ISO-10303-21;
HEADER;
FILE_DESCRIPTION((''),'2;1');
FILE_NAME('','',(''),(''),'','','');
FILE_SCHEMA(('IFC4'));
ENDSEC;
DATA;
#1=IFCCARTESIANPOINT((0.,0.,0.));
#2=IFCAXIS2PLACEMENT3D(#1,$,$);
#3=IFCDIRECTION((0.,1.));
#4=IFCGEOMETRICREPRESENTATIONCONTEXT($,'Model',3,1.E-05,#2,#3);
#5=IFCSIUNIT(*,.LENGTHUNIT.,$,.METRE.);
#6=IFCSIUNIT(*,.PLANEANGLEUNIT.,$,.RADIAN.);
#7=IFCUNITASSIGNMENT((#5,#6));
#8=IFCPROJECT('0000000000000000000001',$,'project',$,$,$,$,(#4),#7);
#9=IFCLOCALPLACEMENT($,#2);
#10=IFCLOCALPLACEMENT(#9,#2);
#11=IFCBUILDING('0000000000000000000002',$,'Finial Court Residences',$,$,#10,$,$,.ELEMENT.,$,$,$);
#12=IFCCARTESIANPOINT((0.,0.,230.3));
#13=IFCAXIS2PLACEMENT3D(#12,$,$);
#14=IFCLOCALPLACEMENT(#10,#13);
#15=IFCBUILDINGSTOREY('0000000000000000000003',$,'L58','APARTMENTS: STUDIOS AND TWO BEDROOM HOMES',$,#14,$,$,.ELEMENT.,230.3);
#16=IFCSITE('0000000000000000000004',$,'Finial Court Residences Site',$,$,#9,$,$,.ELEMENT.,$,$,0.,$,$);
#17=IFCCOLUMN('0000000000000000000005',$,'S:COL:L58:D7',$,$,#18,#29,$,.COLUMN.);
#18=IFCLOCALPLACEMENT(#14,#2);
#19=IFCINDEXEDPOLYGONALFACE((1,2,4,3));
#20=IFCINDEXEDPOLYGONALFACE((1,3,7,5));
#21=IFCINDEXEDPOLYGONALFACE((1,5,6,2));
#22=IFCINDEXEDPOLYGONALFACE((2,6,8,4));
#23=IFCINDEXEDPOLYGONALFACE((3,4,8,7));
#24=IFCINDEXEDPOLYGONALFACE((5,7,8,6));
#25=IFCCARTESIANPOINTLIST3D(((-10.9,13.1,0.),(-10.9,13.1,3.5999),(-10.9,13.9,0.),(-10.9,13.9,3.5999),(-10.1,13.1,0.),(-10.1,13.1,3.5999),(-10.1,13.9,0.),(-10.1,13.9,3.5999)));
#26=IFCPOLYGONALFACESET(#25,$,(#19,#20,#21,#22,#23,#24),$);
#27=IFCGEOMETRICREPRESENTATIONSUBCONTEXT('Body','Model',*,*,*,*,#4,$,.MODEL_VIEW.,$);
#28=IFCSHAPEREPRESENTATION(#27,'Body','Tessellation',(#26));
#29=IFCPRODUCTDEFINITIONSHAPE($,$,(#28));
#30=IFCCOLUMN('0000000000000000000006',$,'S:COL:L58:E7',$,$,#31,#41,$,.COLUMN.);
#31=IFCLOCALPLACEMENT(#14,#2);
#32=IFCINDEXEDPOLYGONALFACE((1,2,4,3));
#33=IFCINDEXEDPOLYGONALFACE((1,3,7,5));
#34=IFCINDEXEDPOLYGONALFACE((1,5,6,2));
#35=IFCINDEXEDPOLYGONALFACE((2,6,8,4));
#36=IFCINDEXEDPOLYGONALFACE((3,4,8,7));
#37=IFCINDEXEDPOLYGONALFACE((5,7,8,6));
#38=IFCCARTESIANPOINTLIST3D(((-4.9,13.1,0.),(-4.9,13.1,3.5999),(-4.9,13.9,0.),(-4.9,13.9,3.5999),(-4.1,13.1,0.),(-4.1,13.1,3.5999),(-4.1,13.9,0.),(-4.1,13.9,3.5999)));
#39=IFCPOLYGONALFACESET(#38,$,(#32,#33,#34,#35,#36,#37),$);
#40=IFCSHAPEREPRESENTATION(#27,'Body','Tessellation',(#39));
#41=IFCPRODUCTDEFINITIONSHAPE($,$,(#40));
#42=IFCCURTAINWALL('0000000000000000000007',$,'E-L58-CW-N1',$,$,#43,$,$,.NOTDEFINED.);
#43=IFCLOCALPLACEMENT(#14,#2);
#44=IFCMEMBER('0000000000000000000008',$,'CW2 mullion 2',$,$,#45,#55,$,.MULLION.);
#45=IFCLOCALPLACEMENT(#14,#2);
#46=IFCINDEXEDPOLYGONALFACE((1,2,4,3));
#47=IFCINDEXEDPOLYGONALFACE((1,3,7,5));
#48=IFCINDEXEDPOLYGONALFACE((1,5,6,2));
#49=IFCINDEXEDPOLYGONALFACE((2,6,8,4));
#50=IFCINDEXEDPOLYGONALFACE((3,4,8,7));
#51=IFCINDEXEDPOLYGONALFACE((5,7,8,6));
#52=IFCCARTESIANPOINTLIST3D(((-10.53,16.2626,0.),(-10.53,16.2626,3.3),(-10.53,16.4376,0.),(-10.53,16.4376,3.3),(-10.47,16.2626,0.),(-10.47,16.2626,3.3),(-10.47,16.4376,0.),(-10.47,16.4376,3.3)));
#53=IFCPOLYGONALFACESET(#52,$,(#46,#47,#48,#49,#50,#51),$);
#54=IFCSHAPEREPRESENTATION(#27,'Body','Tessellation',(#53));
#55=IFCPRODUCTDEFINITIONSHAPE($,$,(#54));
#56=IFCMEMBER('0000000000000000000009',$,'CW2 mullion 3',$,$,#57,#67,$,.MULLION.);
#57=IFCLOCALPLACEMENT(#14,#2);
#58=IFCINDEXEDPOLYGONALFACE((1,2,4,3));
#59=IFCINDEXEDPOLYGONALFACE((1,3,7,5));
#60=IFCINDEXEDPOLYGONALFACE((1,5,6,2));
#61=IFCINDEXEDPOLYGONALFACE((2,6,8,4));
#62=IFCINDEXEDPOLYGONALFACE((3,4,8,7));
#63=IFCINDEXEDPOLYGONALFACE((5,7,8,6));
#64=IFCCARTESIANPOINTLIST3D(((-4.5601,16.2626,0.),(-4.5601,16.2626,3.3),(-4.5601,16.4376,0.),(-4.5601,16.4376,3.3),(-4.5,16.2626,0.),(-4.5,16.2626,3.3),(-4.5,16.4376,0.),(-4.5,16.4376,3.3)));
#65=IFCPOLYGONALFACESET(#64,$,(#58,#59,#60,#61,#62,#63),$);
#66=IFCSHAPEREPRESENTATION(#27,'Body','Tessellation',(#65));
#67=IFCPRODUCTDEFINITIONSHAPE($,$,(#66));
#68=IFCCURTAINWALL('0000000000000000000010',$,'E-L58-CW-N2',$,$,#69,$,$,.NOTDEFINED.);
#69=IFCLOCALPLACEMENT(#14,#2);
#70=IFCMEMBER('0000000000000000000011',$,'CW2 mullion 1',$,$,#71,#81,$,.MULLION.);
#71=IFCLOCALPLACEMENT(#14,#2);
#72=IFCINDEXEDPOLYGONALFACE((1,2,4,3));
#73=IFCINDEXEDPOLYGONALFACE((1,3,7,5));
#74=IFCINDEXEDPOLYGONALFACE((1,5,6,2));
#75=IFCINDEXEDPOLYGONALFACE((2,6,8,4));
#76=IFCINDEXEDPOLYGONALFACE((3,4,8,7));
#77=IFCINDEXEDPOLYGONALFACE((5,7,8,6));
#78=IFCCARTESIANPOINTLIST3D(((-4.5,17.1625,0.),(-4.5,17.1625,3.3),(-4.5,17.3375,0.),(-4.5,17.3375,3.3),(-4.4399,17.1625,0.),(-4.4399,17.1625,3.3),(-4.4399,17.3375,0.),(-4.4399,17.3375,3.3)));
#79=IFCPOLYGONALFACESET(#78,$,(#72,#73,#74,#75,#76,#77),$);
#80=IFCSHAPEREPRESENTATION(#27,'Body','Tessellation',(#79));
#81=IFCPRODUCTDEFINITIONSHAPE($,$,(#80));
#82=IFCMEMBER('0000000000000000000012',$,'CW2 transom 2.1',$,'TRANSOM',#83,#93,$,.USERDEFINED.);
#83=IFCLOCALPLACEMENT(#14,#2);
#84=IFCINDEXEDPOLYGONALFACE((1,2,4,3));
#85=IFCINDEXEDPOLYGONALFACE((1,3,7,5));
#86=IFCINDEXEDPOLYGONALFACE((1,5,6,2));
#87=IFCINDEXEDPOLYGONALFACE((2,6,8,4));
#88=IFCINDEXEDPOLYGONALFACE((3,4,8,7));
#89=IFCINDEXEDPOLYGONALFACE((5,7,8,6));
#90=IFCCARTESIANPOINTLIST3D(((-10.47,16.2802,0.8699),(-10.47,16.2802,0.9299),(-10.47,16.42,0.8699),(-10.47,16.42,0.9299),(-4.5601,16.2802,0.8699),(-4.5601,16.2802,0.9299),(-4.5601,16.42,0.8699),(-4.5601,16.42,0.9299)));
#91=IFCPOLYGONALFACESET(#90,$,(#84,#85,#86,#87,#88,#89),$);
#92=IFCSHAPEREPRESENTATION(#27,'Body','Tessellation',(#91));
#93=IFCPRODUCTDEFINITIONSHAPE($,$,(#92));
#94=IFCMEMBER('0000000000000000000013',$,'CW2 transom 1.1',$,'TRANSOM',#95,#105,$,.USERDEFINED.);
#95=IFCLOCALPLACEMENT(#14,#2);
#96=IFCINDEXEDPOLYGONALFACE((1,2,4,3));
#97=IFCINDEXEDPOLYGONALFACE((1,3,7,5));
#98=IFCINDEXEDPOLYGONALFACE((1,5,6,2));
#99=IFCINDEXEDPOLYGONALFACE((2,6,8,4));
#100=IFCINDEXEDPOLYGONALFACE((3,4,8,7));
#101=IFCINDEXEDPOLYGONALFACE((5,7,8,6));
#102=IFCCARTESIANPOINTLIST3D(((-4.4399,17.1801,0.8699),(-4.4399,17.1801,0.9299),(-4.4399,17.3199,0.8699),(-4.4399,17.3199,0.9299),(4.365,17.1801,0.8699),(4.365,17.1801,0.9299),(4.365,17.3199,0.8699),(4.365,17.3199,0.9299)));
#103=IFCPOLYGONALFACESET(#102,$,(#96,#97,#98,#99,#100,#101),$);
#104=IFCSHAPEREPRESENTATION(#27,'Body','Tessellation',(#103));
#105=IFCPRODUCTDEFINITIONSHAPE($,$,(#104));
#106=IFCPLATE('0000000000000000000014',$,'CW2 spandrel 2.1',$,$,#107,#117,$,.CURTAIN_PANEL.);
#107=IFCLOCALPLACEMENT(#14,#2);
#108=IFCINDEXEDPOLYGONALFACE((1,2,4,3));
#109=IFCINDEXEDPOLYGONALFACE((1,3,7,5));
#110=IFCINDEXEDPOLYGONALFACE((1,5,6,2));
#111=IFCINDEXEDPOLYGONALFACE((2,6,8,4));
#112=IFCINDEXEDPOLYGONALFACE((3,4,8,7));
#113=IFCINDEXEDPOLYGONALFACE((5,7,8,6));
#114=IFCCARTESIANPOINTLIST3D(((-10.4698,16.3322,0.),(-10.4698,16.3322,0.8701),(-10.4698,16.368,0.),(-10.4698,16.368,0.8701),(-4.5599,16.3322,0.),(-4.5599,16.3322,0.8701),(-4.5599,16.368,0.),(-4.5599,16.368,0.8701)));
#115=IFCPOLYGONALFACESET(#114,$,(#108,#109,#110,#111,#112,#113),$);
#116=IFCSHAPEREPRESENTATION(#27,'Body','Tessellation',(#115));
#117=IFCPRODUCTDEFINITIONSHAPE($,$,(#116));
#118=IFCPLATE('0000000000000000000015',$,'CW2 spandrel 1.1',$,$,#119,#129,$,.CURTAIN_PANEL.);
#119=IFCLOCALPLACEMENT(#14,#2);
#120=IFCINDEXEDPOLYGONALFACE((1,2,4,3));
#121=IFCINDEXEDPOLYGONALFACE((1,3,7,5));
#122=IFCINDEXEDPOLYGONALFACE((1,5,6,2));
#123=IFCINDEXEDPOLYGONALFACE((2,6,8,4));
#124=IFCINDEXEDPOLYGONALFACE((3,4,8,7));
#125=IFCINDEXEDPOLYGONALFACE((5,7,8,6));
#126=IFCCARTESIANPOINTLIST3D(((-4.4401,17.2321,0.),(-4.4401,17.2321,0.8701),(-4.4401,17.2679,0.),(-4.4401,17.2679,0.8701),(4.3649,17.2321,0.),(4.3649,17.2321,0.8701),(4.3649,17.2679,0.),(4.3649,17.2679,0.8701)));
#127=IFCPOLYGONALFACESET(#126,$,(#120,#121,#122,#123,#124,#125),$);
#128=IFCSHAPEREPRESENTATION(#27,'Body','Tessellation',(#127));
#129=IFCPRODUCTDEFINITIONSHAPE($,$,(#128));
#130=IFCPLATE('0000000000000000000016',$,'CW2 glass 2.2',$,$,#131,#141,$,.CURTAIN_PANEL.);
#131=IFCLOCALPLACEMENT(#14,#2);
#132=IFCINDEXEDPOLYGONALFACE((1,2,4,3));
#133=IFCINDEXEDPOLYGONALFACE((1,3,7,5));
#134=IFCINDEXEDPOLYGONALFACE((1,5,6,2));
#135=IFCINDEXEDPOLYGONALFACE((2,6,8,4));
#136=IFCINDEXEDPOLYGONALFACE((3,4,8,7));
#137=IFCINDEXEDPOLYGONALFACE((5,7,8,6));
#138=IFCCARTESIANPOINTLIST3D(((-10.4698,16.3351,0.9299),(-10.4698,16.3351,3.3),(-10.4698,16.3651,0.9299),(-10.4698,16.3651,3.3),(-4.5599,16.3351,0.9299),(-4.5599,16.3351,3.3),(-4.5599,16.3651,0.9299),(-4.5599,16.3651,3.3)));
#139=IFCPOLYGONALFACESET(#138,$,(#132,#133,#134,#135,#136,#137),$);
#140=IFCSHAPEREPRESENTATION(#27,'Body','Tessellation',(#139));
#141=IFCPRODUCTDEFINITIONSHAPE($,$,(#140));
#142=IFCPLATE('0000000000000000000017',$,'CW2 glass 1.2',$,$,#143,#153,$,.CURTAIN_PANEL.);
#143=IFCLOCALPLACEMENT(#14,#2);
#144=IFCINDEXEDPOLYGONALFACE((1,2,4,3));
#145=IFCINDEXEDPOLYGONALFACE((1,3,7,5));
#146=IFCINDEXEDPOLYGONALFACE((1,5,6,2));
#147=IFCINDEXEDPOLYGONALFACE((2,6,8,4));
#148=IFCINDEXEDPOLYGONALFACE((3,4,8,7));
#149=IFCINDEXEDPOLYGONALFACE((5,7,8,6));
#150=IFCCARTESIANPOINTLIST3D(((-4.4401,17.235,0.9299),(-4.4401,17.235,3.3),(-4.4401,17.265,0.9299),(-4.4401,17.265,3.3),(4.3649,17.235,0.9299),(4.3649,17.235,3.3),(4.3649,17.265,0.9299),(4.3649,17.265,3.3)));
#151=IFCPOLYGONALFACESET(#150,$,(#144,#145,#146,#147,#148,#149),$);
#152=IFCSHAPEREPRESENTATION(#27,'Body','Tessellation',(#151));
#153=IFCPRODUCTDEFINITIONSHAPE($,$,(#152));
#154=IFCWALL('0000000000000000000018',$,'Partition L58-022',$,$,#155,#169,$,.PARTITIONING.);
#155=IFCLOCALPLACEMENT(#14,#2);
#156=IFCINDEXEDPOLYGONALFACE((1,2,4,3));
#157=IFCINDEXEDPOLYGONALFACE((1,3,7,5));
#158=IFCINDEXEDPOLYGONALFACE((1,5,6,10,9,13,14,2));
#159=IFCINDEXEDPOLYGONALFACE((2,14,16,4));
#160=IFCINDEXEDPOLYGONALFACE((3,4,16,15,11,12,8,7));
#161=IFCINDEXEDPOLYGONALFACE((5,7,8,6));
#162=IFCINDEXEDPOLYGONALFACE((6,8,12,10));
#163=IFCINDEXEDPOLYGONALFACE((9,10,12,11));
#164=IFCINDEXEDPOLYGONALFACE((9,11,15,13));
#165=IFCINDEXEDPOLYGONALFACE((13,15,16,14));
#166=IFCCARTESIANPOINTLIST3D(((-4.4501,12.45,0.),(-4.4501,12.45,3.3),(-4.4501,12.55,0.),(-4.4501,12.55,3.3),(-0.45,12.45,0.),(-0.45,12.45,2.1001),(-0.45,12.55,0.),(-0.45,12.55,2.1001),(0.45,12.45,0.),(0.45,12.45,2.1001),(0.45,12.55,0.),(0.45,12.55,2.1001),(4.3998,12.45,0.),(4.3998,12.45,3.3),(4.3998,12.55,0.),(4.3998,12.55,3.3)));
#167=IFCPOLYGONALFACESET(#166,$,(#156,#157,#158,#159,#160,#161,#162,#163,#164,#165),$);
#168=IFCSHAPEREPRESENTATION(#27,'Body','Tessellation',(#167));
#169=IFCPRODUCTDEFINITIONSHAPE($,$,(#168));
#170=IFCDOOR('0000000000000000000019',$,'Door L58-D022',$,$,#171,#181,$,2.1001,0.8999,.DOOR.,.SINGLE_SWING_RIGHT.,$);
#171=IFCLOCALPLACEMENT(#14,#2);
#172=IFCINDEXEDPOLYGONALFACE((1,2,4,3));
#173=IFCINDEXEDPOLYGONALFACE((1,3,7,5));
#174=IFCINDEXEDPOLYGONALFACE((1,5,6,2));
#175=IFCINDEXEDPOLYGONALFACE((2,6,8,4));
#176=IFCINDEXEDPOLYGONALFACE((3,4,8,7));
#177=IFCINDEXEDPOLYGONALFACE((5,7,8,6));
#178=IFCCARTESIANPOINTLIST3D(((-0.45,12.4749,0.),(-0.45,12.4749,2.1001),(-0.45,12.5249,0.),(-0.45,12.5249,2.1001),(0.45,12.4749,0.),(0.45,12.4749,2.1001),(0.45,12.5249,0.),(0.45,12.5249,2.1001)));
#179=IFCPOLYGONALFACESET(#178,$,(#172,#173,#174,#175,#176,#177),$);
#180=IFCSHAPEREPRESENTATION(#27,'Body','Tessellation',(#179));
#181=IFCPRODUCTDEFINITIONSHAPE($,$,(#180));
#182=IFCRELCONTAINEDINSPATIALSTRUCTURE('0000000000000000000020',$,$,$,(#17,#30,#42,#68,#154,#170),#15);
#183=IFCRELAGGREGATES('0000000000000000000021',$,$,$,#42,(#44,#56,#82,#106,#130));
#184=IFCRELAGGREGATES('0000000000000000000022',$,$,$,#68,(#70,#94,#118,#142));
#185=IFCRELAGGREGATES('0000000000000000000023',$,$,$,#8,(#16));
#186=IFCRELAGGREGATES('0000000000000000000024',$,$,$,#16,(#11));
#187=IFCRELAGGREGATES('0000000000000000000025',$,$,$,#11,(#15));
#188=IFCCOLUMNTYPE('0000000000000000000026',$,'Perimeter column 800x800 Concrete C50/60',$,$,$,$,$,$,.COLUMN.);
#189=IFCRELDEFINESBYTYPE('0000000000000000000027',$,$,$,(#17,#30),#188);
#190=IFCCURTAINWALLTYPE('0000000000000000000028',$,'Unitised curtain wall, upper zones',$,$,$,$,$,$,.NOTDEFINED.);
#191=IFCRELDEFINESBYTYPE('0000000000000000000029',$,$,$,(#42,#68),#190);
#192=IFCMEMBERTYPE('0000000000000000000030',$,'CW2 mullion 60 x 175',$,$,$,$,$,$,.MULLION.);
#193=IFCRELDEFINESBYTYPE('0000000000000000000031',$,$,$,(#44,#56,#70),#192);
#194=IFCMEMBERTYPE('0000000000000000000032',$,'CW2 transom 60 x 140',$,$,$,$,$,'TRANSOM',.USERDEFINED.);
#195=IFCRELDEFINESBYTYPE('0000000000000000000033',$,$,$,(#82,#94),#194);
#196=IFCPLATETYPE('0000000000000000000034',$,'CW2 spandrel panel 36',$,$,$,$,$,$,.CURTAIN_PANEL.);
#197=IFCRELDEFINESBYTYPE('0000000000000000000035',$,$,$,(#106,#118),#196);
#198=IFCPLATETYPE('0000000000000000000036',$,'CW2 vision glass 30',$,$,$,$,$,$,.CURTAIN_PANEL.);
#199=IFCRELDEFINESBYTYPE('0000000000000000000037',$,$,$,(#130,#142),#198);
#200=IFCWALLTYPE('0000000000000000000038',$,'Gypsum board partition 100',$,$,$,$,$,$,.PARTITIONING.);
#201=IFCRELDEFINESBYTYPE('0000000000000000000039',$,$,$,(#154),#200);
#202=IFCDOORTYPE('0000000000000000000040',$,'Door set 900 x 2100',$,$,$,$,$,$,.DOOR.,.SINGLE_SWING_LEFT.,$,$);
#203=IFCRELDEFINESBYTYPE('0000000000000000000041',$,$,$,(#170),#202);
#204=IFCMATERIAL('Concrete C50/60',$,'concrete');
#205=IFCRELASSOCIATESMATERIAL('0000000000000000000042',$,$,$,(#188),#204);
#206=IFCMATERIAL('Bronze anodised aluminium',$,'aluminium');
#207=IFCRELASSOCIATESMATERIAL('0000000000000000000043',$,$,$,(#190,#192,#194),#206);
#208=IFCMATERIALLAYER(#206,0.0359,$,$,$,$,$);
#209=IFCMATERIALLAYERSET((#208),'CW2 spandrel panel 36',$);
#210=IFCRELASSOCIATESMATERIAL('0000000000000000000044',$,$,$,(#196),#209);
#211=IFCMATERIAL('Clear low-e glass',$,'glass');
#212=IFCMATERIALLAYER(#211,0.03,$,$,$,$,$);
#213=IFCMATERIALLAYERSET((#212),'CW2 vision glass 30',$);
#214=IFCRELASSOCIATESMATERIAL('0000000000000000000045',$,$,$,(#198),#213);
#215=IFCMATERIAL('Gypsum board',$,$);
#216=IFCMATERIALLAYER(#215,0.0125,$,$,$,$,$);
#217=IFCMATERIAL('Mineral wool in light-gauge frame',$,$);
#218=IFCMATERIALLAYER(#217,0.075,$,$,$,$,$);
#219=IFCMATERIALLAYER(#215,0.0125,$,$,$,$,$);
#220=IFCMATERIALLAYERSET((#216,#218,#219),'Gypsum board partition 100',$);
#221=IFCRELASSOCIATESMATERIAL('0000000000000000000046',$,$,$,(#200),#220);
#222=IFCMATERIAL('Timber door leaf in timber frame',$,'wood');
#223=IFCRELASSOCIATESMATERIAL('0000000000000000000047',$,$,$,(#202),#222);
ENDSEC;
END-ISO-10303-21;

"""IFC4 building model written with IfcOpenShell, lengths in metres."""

from ifc_helpers import new_model, si_unit, direction, frame, frame_2d, origin, origin_2d, place, context, subcontext, project, spatial, rectangle, extrude, material, layer, layer_set, material_profile, profile_set, type_object, element, fill, aggregate, save


model = new_model("IFC4")

# Units and contexts
model_context = context("Model", 3, precision=1e-05, world=origin(), true_north=direction((0.0, 1.0)))
body_context = subcontext(model_context, "Body", "Model", "MODEL_VIEW")
ifc_project = project(units=[si_unit("LENGTHUNIT", "METRE"), si_unit("PLANEANGLEUNIT", "RADIAN")], contexts=[model_context])

# Site, building, storey
site_placement = place(None, origin())
site = spatial("IfcSite", under=ifc_project, at=site_placement, Name="Finial Court Residences Site", CompositionType="ELEMENT", RefElevation=0.0)
building_placement = place(site_placement, origin())
building = spatial("IfcBuilding", under=site, at=building_placement, Name="Finial Court Residences", CompositionType="ELEMENT")
storey_placement = place(building_placement, frame((0.0, 0.0, 230.3)))
storey = spatial("IfcBuildingStorey", under=building, at=storey_placement, Name="L58", Description="APARTMENTS: STUDIOS AND TWO BEDROOM HOMES", CompositionType="ELEMENT", Elevation=230.3)

# Columns
ifc_material_1 = material(Name="Concrete C50/60", Category="concrete")
ifc_material_profile_1 = material_profile(ifc_material_1, rectangle(XDim=0.8, YDim=0.8, at=origin_2d()), Name="800x800")
ifc_profile_set_1 = profile_set([ifc_material_profile_1], Name="Concrete C50/60")
column_type = type_object("IfcColumnType", Name="Perimeter column 800x800 Concrete C50/60", PredefinedType="COLUMN", material=ifc_profile_set_1)
for number, where, z_axis, x_axis, name in (
    (1, (-10.5, 13.5, 0.0), (0.0, 0.0, 1.0), (1.0, 0.0, 0.0), "S:COL:L58:D7"),
    (2, (-4.5, 13.5, 0.0), (0.0, 0.0, 1.0), (1.0, 0.0, 0.0), "S:COL:L58:E7"),
):
    element("IfcColumn", number, at=place(storey_placement, frame(where, z_axis=z_axis, x_axis=x_axis)), inside=storey, type_object=column_type, Name=name, PredefinedType="COLUMN", context=body_context, shape_type="SweptSolid", body=[
        extrude(rectangle(XDim=0.8, YDim=0.8, at=origin_2d()), origin(), (0.0, 0.0, 1.0), 3.5999),
    ])

# Curtain wall, members
ifc_material_2 = material(Name="Bronze anodised aluminium", Category="aluminium")
curtain_wall_type = type_object("IfcCurtainWallType", Name="Unitised curtain wall, upper zones", PredefinedType="NOTDEFINED", material=ifc_material_2)
curtain_wall_1_placement = place(storey_placement, origin())
curtain_wall_1 = element("IfcCurtainWall", 3, at=curtain_wall_1_placement, inside=storey, type_object=curtain_wall_type, Name="E-L58-CW-N1", PredefinedType="NOTDEFINED")
ifc_material_profile_2 = material_profile(ifc_material_2, rectangle(XDim=0.175, YDim=0.0601, at=origin_2d()), Name="CW2 mullion 60 x 175")
ifc_profile_set_2 = profile_set([ifc_material_profile_2], Name="Bronze anodised aluminium")
member_type_1 = type_object("IfcMemberType", Name="CW2 mullion 60 x 175", PredefinedType="MULLION", material=ifc_profile_set_2)
member_1_placement = place(storey_placement, frame((-10.5, 16.3501, 0.0), z_axis=(0.0, 0.0, 1.0), x_axis=(0.0, 1.0, 0.0)))
member_1 = element("IfcMember", 4, at=member_1_placement, type_object=member_type_1, Name="CW2 mullion 2", PredefinedType="MULLION", context=body_context, shape_type="SweptSolid", body=[
    extrude(rectangle(XDim=0.175, YDim=0.0601, at=origin_2d()), origin(), (0.0, 0.0, 1.0), 3.3),
])
member_2_placement = place(storey_placement, frame((-4.53, 16.3501, 0.0), z_axis=(0.0, 0.0, 1.0), x_axis=(0.0, 1.0, 0.0)))
member_2 = element("IfcMember", 5, at=member_2_placement, type_object=member_type_1, Name="CW2 mullion 3", PredefinedType="MULLION", context=body_context, shape_type="SweptSolid", body=[
    extrude(rectangle(XDim=0.175, YDim=0.0601, at=origin_2d()), origin(), (0.0, 0.0, 1.0), 3.3),
])

# Curtain wall, member
curtain_wall_2_placement = place(storey_placement, origin())
curtain_wall_2 = element("IfcCurtainWall", 6, at=curtain_wall_2_placement, inside=storey, type_object=curtain_wall_type, Name="E-L58-CW-N2", PredefinedType="NOTDEFINED")
member_3_placement = place(storey_placement, frame((-4.47, 17.25, 0.0), z_axis=(0.0, 0.0, 1.0), x_axis=(0.0, 1.0, 0.0)))
member_3 = element("IfcMember", 7, at=member_3_placement, type_object=member_type_1, Name="CW2 mullion 1", PredefinedType="MULLION", context=body_context, shape_type="SweptSolid", body=[
    extrude(rectangle(XDim=0.175, YDim=0.0601, at=origin_2d()), origin(), (0.0, 0.0, 1.0), 3.3),
])

# Members
ifc_material_profile_3 = material_profile(ifc_material_2, rectangle(XDim=0.1399, YDim=0.0601, at=origin_2d()), Name="CW2 transom 60 x 140")
ifc_profile_set_3 = profile_set([ifc_material_profile_3], Name="Bronze anodised aluminium")
member_type_2 = type_object("IfcMemberType", Name="CW2 transom 60 x 140", ElementType="TRANSOM", PredefinedType="USERDEFINED", material=ifc_profile_set_3)
member_4_placement = place(storey_placement, frame((-10.47, 16.3501, 0.8999), z_axis=(1.0, 0.0, 0.0), x_axis=(0.0, 1.0, 0.0)))
member_4 = element("IfcMember", 8, at=member_4_placement, type_object=member_type_2, Name="CW2 transom 2.1", ObjectType="TRANSOM", PredefinedType="USERDEFINED", context=body_context, shape_type="SweptSolid", body=[
    extrude(rectangle(XDim=0.1399, YDim=0.0601, at=origin_2d()), origin(), (0.0, 0.0, 1.0), 5.9099),
])
member_5_placement = place(storey_placement, frame((-4.4399, 17.25, 0.8999), z_axis=(1.0, 0.0, 0.0), x_axis=(0.0, 1.0, 0.0)))
member_5 = element("IfcMember", 9, at=member_5_placement, type_object=member_type_2, Name="CW2 transom 1.1", ObjectType="TRANSOM", PredefinedType="USERDEFINED", context=body_context, shape_type="SweptSolid", body=[
    extrude(rectangle(XDim=0.1399, YDim=0.0601, at=origin_2d()), origin(), (0.0, 0.0, 1.0), 8.8049),
])

# Plates
ifc_layer_1 = layer(ifc_material_2, 0.0359)
ifc_layer_set_1 = layer_set([ifc_layer_1], Name="CW2 spandrel panel 36")
plate_type_1 = type_object("IfcPlateType", Name="CW2 spandrel panel 36", PredefinedType="CURTAIN_PANEL", material=ifc_layer_set_1)
plate_1_placement = place(storey_placement, frame((-7.5149, 16.3501, 0.0), z_axis=(0.0, 0.0, 1.0), x_axis=(1.0, 0.0, 0.0)))
plate_1 = element("IfcPlate", 10, at=plate_1_placement, type_object=plate_type_1, Name="CW2 spandrel 2.1", PredefinedType="CURTAIN_PANEL", context=body_context, shape_type="SweptSolid", body=[
    extrude(rectangle(XDim=5.9099, YDim=0.0359, at=origin_2d()), origin(), (0.0, 0.0, 1.0), 0.8701),
])
plate_2_placement = place(storey_placement, frame((-0.0376, 17.25, 0.0), z_axis=(0.0, 0.0, 1.0), x_axis=(1.0, 0.0, 0.0)))
plate_2 = element("IfcPlate", 11, at=plate_2_placement, type_object=plate_type_1, Name="CW2 spandrel 1.1", PredefinedType="CURTAIN_PANEL", context=body_context, shape_type="SweptSolid", body=[
    extrude(rectangle(XDim=8.8049, YDim=0.0359, at=origin_2d()), origin(), (0.0, 0.0, 1.0), 0.8701),
])
ifc_material_3 = material(Name="Clear low-e glass", Category="glass")
ifc_layer_2 = layer(ifc_material_3, 0.03)
ifc_layer_set_2 = layer_set([ifc_layer_2], Name="CW2 vision glass 30")
plate_type_2 = type_object("IfcPlateType", Name="CW2 vision glass 30", PredefinedType="CURTAIN_PANEL", material=ifc_layer_set_2)
plate_3_placement = place(storey_placement, frame((-7.5149, 16.3501, 0.9299), z_axis=(0.0, 0.0, 1.0), x_axis=(1.0, 0.0, 0.0)))
plate_3 = element("IfcPlate", 12, at=plate_3_placement, type_object=plate_type_2, Name="CW2 glass 2.2", PredefinedType="CURTAIN_PANEL", context=body_context, shape_type="SweptSolid", body=[
    extrude(rectangle(XDim=5.9099, YDim=0.03, at=origin_2d()), origin(), (0.0, 0.0, 1.0), 2.3701),
])
aggregate(curtain_wall_1, [member_1, member_2, member_4, plate_1, plate_3])
plate_4_placement = place(storey_placement, frame((-0.0376, 17.25, 0.9299), z_axis=(0.0, 0.0, 1.0), x_axis=(1.0, 0.0, 0.0)))
plate_4 = element("IfcPlate", 13, at=plate_4_placement, type_object=plate_type_2, Name="CW2 glass 1.2", PredefinedType="CURTAIN_PANEL", context=body_context, shape_type="SweptSolid", body=[
    extrude(rectangle(XDim=8.8049, YDim=0.03, at=origin_2d()), origin(), (0.0, 0.0, 1.0), 2.3701),
])
aggregate(curtain_wall_2, [member_3, member_5, plate_2, plate_4])

# Wall, opening, door
ifc_material_4 = material(Name="Gypsum board")
ifc_layer_3 = layer(ifc_material_4, 0.0125)
ifc_material_5 = material(Name="Mineral wool in light-gauge frame")
ifc_layer_4 = layer(ifc_material_5, 0.075)
ifc_layer_5 = layer(ifc_material_4, 0.0125)
ifc_layer_set_3 = layer_set([ifc_layer_3, ifc_layer_4, ifc_layer_5], Name="Gypsum board partition 100")
wall_type = type_object("IfcWallType", Name="Gypsum board partition 100", PredefinedType="PARTITIONING", material=ifc_layer_set_3)
wall_1_placement = place(storey_placement, frame((-4.45, 12.5, 0.0), z_axis=(0.0, 0.0, 1.0), x_axis=(1.0, 0.0, 0.0)))
wall_1 = element("IfcWall", 14, at=wall_1_placement, inside=storey, type_object=wall_type, Name="Partition L58-022", PredefinedType="PARTITIONING", context=body_context, shape_type="SweptSolid", body=[
    extrude(rectangle(XDim=8.8499, YDim=0.1001, at=frame_2d((4.4248, 0.0))), origin(), (0.0, 0.0, 1.0), 3.3),
])
opening_1_placement = place(wall_1_placement, frame((4.0, 0.0, 0.0)))
opening_1 = element("IfcOpeningElement", 15, at=opening_1_placement, cuts=wall_1, PredefinedType="OPENING", context=body_context, shape_type="SweptSolid", body=[
    extrude(rectangle(XDim=0.8999, YDim=2.1001, at=frame_2d((0.45, 1.05))), frame((0.0, 0.0601, 0.0), z_axis=(0.0, -1.0, 0.0), x_axis=(1.0, 0.0, 0.0)), (0.0, 0.0, 1.0), 0.1201),
])
ifc_material_6 = material(Name="Timber door leaf in timber frame", Category="wood")
door_type = type_object("IfcDoorType", Name="Door set 900 x 2100", OperationType="SINGLE_SWING_LEFT", PredefinedType="DOOR", material=ifc_material_6)
door_1_placement = place(opening_1_placement, origin())
door_1 = element("IfcDoor", 16, at=door_1_placement, inside=storey, type_object=door_type, Name="Door L58-D022", OperationType="SINGLE_SWING_RIGHT", OverallHeight=2.1001, OverallWidth=0.8999, PredefinedType="DOOR", context=body_context, shape_type="SweptSolid", body=[
    extrude(rectangle(XDim=0.8999, YDim=2.1001, at=frame_2d((0.45, 1.05))), frame((0.0, 0.0249, 0.0), z_axis=(0.0, -1.0, 0.0), x_axis=(1.0, 0.0, 0.0)), (0.0, 0.0, 1.0), 0.05),
])
fill(opening_1, door_1)

save(model, "model.ifc")
